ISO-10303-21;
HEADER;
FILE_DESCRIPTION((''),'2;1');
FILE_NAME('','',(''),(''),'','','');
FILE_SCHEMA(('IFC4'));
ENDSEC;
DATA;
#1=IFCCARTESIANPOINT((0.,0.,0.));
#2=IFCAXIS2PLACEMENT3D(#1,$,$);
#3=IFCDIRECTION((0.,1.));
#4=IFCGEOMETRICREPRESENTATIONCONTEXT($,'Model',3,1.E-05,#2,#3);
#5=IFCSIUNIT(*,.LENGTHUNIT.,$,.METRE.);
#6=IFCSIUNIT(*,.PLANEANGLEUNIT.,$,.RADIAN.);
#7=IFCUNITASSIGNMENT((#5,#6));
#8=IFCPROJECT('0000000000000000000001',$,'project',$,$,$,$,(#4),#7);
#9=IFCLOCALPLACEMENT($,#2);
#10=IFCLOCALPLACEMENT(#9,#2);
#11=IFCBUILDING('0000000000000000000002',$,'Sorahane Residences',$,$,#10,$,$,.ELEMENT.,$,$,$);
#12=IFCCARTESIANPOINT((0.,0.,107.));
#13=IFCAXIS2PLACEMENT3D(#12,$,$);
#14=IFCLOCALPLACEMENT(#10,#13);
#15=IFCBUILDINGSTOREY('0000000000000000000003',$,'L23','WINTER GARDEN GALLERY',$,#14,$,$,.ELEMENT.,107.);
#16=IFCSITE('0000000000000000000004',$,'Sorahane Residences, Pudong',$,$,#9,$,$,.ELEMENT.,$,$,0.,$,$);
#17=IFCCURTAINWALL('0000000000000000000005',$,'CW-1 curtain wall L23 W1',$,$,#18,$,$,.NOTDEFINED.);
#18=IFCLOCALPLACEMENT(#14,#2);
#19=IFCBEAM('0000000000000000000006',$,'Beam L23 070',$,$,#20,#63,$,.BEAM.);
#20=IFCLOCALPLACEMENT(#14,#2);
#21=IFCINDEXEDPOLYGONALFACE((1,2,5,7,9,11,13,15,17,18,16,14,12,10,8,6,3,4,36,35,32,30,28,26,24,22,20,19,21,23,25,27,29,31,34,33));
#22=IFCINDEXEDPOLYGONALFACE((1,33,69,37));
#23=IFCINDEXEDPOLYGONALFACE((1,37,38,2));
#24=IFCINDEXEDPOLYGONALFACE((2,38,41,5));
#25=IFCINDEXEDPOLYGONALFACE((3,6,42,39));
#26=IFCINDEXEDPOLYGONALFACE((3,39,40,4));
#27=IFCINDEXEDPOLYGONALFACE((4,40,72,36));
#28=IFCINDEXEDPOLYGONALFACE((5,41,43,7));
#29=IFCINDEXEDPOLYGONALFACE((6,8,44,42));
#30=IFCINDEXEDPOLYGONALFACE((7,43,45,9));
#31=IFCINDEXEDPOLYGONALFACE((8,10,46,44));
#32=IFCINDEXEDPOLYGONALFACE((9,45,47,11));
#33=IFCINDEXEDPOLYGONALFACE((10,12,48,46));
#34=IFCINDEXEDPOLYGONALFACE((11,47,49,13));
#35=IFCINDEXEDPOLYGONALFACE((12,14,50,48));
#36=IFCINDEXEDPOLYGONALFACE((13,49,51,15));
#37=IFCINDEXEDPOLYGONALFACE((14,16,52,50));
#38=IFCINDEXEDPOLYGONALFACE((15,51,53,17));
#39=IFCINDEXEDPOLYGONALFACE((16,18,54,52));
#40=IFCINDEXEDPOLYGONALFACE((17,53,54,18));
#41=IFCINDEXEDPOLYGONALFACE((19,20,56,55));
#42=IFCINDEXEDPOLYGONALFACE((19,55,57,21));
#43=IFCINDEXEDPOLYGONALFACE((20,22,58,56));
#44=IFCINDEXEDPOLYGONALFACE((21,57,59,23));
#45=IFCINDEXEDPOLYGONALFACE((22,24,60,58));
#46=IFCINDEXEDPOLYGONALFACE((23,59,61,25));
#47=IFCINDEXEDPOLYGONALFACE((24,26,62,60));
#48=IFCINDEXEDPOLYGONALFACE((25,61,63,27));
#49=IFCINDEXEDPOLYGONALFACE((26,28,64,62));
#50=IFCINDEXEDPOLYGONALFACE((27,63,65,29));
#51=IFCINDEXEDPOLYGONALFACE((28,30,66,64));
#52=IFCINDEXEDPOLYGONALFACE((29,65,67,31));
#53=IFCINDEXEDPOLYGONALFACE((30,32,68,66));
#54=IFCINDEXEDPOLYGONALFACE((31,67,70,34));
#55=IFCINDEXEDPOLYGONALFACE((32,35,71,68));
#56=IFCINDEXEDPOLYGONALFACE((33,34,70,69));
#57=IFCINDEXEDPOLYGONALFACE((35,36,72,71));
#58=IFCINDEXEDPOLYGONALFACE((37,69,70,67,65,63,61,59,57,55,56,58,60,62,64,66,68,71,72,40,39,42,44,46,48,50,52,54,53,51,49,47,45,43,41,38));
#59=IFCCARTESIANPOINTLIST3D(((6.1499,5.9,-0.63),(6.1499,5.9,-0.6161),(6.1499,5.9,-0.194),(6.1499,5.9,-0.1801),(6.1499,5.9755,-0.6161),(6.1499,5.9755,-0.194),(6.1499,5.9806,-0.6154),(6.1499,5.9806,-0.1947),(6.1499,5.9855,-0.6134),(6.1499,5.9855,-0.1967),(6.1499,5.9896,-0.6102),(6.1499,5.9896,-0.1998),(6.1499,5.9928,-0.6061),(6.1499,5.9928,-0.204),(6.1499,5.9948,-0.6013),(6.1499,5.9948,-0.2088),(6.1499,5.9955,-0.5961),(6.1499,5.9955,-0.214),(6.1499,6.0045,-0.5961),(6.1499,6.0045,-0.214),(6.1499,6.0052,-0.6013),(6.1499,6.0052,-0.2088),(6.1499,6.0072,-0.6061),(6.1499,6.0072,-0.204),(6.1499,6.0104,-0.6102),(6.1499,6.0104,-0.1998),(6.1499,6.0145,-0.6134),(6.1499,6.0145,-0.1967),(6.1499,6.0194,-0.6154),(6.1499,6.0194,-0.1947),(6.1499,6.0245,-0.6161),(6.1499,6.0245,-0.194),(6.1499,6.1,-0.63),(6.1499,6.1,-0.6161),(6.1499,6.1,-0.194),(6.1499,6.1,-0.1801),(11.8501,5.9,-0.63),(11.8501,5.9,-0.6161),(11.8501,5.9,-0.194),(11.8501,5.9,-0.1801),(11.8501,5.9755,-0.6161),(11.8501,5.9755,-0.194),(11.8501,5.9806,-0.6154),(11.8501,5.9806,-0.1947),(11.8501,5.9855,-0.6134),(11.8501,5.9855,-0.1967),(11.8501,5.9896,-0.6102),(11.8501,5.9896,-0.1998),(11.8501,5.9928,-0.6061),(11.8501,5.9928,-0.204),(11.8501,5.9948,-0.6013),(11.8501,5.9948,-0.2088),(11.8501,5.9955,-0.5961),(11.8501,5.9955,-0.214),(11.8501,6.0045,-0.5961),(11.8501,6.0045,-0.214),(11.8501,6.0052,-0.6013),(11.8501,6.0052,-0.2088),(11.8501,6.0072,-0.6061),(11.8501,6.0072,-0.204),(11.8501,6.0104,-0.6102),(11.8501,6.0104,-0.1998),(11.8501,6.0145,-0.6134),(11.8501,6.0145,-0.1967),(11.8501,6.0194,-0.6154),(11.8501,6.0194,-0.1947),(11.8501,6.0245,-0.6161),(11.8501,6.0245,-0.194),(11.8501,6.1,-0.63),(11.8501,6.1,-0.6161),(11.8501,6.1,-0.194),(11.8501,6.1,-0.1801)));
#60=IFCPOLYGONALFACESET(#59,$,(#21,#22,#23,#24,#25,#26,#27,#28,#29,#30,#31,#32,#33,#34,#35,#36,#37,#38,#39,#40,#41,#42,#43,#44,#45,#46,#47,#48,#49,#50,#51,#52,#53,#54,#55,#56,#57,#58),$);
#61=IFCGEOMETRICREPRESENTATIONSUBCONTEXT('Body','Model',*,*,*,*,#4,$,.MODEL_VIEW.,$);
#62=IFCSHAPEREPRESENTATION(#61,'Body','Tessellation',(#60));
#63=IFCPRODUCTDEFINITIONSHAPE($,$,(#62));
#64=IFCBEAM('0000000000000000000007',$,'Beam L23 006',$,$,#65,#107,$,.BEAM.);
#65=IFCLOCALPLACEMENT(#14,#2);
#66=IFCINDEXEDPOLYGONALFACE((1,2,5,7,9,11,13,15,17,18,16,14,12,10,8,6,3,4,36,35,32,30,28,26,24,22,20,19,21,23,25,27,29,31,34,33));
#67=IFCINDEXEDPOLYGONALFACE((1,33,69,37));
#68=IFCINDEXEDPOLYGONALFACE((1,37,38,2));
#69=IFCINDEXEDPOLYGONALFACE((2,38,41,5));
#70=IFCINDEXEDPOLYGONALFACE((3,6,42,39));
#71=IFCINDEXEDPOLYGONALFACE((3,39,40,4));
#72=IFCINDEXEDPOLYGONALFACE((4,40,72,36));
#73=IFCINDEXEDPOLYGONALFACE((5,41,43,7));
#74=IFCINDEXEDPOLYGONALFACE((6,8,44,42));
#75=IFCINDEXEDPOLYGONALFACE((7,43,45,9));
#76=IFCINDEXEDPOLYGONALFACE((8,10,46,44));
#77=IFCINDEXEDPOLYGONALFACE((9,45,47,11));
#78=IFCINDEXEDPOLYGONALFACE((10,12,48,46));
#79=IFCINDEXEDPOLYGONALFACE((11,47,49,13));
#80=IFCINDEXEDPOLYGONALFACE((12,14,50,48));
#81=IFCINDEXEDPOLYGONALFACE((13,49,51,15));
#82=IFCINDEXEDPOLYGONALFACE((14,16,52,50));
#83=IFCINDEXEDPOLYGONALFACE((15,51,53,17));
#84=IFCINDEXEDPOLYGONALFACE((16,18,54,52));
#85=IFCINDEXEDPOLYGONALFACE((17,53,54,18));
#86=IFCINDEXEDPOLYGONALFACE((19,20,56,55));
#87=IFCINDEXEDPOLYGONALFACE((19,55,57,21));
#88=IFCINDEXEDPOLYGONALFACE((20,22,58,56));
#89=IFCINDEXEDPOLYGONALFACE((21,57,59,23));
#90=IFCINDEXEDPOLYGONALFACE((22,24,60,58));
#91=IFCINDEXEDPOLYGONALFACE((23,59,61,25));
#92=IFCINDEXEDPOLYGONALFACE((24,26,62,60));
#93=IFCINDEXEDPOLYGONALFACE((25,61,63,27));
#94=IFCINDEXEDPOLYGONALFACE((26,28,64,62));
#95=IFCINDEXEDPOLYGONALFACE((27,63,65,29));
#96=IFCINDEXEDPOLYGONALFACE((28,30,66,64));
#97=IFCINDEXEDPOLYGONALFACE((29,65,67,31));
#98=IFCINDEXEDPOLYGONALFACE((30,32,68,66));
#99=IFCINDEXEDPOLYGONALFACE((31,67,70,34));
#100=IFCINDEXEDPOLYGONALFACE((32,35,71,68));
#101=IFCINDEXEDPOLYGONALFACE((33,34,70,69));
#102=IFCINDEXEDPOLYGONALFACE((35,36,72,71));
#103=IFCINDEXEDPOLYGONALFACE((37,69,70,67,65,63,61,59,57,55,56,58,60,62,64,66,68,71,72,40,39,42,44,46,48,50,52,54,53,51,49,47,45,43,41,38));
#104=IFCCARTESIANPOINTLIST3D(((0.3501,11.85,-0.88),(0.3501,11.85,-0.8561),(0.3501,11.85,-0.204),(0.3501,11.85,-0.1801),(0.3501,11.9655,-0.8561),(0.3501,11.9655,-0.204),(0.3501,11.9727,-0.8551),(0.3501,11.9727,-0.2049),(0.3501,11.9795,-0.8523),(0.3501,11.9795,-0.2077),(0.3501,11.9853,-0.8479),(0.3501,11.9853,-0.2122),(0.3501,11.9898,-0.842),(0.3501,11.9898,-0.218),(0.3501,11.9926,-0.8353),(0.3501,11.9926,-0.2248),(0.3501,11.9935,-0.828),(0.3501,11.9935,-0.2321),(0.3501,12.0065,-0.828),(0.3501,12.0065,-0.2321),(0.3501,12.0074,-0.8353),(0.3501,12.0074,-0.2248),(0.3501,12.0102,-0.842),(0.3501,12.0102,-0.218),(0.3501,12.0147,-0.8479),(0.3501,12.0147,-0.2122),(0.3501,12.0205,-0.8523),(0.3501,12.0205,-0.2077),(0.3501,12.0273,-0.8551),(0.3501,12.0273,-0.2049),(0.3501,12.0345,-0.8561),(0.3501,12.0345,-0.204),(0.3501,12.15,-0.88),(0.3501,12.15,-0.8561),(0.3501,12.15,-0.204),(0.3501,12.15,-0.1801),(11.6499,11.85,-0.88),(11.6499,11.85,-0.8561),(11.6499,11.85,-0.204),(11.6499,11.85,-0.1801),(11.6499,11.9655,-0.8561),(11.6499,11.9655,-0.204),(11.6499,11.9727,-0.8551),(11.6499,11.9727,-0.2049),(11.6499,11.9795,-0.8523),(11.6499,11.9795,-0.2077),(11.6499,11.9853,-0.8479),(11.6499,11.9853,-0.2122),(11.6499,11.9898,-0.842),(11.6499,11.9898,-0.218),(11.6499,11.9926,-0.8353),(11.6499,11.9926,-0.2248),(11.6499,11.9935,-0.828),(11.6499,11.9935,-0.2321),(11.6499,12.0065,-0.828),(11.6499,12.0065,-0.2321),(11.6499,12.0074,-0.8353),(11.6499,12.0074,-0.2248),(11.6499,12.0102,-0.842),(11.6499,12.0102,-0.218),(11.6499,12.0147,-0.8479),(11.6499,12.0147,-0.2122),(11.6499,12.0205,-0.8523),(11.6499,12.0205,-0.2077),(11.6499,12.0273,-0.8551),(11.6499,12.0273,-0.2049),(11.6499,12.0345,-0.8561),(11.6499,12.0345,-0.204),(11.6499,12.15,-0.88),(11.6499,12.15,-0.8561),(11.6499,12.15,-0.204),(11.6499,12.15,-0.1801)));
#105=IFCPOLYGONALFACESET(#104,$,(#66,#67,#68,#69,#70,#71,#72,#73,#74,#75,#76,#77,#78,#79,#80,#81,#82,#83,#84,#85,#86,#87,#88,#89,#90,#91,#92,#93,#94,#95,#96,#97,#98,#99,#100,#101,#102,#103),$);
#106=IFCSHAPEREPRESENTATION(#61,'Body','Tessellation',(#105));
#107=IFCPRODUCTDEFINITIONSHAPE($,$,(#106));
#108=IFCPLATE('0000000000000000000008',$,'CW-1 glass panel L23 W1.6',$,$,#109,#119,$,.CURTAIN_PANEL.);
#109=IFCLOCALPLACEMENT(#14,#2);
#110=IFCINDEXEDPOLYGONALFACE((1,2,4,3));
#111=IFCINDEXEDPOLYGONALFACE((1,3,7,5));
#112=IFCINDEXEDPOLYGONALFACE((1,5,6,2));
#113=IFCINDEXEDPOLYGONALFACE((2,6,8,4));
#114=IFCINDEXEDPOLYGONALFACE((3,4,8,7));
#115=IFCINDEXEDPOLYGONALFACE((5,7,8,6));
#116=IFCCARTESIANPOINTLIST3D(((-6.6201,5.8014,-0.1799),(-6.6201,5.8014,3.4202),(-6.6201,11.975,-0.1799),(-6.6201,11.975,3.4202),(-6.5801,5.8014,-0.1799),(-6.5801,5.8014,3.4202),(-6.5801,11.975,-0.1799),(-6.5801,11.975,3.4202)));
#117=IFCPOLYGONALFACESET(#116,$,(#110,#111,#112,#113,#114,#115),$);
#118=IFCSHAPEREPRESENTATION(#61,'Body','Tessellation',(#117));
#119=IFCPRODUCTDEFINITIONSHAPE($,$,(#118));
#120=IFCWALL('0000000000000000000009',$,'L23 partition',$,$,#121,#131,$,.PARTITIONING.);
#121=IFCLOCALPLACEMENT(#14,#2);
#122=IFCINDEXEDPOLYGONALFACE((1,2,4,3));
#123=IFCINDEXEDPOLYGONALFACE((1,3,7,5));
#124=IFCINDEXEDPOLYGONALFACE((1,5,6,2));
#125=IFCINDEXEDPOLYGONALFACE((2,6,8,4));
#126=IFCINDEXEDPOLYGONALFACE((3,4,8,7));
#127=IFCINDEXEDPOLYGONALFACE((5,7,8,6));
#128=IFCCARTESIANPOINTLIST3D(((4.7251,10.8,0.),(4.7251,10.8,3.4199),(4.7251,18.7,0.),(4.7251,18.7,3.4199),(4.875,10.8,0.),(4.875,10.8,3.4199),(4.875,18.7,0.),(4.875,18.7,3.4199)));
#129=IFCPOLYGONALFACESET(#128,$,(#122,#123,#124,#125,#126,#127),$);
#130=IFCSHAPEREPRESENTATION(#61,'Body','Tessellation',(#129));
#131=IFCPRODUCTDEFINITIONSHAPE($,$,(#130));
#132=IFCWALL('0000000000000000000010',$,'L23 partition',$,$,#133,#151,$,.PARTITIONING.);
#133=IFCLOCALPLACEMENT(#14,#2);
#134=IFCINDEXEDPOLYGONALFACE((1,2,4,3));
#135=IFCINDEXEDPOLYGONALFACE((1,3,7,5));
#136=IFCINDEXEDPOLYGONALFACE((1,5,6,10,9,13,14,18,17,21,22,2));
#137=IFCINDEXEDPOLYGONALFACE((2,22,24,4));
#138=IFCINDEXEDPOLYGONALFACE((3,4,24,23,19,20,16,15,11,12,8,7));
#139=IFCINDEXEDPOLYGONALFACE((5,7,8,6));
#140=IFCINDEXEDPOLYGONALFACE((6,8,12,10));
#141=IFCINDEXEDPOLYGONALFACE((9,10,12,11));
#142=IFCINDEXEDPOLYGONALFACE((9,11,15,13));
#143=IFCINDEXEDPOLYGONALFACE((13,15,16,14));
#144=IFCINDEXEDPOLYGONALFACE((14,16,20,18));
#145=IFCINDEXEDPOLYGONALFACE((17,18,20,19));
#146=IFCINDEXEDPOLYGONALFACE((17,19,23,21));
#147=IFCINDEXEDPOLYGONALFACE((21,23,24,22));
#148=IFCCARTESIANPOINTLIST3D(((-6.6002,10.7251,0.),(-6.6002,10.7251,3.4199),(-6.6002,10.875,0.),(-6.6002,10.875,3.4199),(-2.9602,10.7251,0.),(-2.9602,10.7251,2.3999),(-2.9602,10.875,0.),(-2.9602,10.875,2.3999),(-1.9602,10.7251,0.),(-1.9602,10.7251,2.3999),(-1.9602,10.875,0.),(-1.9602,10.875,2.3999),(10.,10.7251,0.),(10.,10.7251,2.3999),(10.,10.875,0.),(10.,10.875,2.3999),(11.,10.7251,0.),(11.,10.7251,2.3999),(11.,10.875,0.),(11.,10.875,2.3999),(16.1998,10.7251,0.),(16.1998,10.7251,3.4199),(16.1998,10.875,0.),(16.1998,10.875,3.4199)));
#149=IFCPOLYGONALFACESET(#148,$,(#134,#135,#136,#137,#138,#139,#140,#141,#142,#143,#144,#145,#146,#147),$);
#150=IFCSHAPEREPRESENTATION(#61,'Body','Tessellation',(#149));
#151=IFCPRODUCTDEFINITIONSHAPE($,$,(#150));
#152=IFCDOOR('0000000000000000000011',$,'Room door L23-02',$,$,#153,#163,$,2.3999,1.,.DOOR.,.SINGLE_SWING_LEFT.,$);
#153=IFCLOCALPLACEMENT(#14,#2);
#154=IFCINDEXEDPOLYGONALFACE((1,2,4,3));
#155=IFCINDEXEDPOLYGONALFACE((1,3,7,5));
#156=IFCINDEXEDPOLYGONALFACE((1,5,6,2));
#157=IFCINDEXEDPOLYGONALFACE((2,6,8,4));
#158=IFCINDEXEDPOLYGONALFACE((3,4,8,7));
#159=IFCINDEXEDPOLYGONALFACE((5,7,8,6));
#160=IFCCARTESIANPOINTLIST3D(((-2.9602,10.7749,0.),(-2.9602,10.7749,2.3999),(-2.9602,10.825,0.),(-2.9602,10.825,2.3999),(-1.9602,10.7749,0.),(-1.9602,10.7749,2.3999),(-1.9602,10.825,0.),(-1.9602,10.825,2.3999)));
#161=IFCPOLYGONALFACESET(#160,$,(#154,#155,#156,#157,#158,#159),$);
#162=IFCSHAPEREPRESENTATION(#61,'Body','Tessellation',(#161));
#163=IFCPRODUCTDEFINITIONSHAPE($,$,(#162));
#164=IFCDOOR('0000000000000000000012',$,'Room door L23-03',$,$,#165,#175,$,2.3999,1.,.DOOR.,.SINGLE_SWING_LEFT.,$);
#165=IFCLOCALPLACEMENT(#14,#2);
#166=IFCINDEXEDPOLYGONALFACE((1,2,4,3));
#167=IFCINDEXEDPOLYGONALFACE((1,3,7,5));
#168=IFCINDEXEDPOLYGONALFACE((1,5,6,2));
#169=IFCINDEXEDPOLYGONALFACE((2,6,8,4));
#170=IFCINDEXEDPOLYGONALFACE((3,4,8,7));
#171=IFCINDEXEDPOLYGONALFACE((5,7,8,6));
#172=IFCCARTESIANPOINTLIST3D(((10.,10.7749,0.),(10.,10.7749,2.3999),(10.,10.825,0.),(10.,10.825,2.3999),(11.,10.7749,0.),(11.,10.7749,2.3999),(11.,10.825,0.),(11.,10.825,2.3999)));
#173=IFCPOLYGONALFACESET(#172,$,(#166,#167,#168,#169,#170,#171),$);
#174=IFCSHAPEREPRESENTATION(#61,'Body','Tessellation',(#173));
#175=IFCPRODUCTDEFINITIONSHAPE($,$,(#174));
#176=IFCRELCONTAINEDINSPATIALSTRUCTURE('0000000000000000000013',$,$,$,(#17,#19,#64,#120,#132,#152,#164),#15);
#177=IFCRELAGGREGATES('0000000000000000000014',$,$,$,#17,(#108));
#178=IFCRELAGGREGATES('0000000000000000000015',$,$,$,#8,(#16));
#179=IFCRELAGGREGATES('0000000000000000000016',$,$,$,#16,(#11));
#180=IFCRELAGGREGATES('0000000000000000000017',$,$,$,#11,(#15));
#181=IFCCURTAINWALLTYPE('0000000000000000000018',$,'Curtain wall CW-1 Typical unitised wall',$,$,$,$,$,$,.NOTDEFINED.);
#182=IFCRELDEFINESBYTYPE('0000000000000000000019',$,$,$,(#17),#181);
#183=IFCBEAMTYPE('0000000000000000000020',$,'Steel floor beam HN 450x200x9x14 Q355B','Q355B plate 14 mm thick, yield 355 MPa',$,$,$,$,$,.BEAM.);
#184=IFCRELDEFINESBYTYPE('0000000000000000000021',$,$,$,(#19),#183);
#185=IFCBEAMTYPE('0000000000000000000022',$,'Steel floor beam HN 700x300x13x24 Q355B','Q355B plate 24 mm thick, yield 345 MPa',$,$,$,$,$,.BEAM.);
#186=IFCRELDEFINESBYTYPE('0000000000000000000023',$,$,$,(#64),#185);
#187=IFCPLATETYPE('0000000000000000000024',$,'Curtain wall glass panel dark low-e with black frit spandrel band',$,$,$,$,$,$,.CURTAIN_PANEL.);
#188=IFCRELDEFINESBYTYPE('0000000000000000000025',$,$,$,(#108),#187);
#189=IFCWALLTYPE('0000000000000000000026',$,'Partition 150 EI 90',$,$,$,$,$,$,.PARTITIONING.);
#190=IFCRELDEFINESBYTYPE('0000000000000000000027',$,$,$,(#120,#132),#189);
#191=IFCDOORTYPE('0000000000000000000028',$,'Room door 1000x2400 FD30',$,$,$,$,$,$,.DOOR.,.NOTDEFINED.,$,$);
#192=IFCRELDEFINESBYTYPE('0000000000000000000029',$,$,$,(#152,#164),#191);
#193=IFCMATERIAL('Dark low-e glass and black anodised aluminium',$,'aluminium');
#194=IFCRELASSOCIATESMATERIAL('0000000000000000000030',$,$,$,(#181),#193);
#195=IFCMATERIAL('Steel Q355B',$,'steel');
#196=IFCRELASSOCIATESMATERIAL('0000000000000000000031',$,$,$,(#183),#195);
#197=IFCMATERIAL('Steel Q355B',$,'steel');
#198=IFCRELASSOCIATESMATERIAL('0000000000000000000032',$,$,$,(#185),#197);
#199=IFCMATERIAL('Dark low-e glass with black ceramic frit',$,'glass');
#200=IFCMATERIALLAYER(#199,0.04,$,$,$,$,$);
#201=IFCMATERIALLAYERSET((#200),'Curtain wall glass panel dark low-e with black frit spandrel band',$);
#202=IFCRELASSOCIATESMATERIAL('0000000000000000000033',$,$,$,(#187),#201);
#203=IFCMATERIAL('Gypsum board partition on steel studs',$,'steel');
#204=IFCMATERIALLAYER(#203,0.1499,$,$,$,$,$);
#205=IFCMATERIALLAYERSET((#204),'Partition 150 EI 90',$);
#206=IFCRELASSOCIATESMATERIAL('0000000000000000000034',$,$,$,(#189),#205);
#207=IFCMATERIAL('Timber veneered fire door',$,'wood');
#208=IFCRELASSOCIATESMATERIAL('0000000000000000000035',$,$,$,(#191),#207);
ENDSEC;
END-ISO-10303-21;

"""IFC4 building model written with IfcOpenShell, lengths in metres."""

from ifc_helpers import new_model, si_unit, direction, frame, frame_2d, origin, origin_2d, place, context, subcontext, project, spatial, rectangle, i_section, extrude, material, layer, layer_set, material_profile, profile_set, type_object, element, fill, aggregate, save


model = new_model("IFC4")

# Units and contexts
model_context = context("Model", 3, precision=1e-05, world=origin(), true_north=direction((0.0, 1.0)))
body_context = subcontext(model_context, "Body", "Model", "MODEL_VIEW")
ifc_project = project(units=[si_unit("LENGTHUNIT", "METRE"), si_unit("PLANEANGLEUNIT", "RADIAN")], contexts=[model_context])

# Site, building, storey
site_placement = place(None, origin())
site = spatial("IfcSite", under=ifc_project, at=site_placement, Name="Sorahane Residences, Pudong", CompositionType="ELEMENT", RefElevation=0.0)
building_placement = place(site_placement, origin())
building = spatial("IfcBuilding", under=site, at=building_placement, Name="Sorahane Residences", CompositionType="ELEMENT")
storey_placement = place(building_placement, frame((0.0, 0.0, 107.0)))
storey = spatial("IfcBuildingStorey", under=building, at=storey_placement, Name="L23", Description="WINTER GARDEN GALLERY", CompositionType="ELEMENT", Elevation=107.0)

# Curtain wall
ifc_material_1 = material(Name="Dark low-e glass and black anodised aluminium", Category="aluminium")
curtain_wall_type = type_object("IfcCurtainWallType", Name="Curtain wall CW-1 Typical unitised wall", PredefinedType="NOTDEFINED", material=ifc_material_1)
curtain_wall_placement = place(storey_placement, origin())
curtain_wall = element("IfcCurtainWall", 1, at=curtain_wall_placement, inside=storey, type_object=curtain_wall_type, Name="CW-1 curtain wall L23 W1", PredefinedType="NOTDEFINED")

# Beams
ifc_material_2 = material(Name="Steel Q355B", Category="steel")
ifc_material_profile_1 = material_profile(ifc_material_2, i_section(OverallWidth=0.2, OverallDepth=0.45, WebThickness=0.009, FlangeThickness=0.0139, FilletRadius=0.02, at=origin_2d()), Name="HN 450x200x9x14")
ifc_profile_set_1 = profile_set([ifc_material_profile_1], Name="Steel Q355B")
beam_type_1 = type_object("IfcBeamType", Name="Steel floor beam HN 450x200x9x14 Q355B", Description="Q355B plate 14 mm thick, yield 355 MPa", PredefinedType="BEAM", material=ifc_profile_set_1)
beam_1_placement = place(storey_placement, frame((6.1499, 6.0, -0.405), z_axis=(1.0, 0.0, 0.0), x_axis=(0.0, 1.0, 0.0)))
element("IfcBeam", 2, at=beam_1_placement, inside=storey, type_object=beam_type_1, Name="Beam L23 070", PredefinedType="BEAM", context=body_context, shape_type="SweptSolid", body=[
    extrude(i_section(OverallWidth=0.2, OverallDepth=0.45, WebThickness=0.009, FlangeThickness=0.0139, FilletRadius=0.02, at=origin_2d()), origin(), (0.0, 0.0, 1.0), 5.7002),
])
ifc_material_3 = material(Name="Steel Q355B", Category="steel")
ifc_material_profile_2 = material_profile(ifc_material_3, i_section(OverallWidth=0.3, OverallDepth=0.7, WebThickness=0.0129, FlangeThickness=0.0239, FilletRadius=0.0281, at=origin_2d()), Name="HN 700x300x13x24")
ifc_profile_set_2 = profile_set([ifc_material_profile_2], Name="Steel Q355B")
beam_type_2 = type_object("IfcBeamType", Name="Steel floor beam HN 700x300x13x24 Q355B", Description="Q355B plate 24 mm thick, yield 345 MPa", PredefinedType="BEAM", material=ifc_profile_set_2)
beam_2_placement = place(storey_placement, frame((0.3501, 12.0, -0.53), z_axis=(1.0, 0.0, 0.0), x_axis=(0.0, 1.0, 0.0)))
element("IfcBeam", 3, at=beam_2_placement, inside=storey, type_object=beam_type_2, Name="Beam L23 006", PredefinedType="BEAM", context=body_context, shape_type="SweptSolid", body=[
    extrude(i_section(OverallWidth=0.3, OverallDepth=0.7, WebThickness=0.0129, FlangeThickness=0.0239, FilletRadius=0.0281, at=origin_2d()), origin(), (0.0, 0.0, 1.0), 11.2998),
])

# Plate
ifc_material_4 = material(Name="Dark low-e glass with black ceramic frit", Category="glass")
ifc_layer_1 = layer(ifc_material_4, 0.04)
ifc_layer_set_1 = layer_set([ifc_layer_1], Name="Curtain wall glass panel dark low-e with black frit spandrel band")
plate_type = type_object("IfcPlateType", Name="Curtain wall glass panel dark low-e with black frit spandrel band", PredefinedType="CURTAIN_PANEL", material=ifc_layer_set_1)
plate_placement = place(storey_placement, frame((-6.6001, 8.8882, -0.1799), z_axis=(0.0, 0.0, 1.0), x_axis=(0.0, -1.0, 0.0)))
plate = element("IfcPlate", 4, at=plate_placement, type_object=plate_type, Name="CW-1 glass panel L23 W1.6", PredefinedType="CURTAIN_PANEL", context=body_context, shape_type="SweptSolid", body=[
    extrude(rectangle(XDim=6.1736, YDim=0.04, at=origin_2d()), origin(), (0.0, 0.0, 1.0), 3.6001),
])
aggregate(curtain_wall, [plate])

# Wall
ifc_material_5 = material(Name="Gypsum board partition on steel studs", Category="steel")
ifc_layer_2 = layer(ifc_material_5, 0.1499)
ifc_layer_set_2 = layer_set([ifc_layer_2], Name="Partition 150 EI 90")
wall_type_1 = type_object("IfcWallType", Name="Partition 150 EI 90", PredefinedType="PARTITIONING", material=ifc_layer_set_2)
wall_1_placement = place(storey_placement, frame((4.8, 10.8, 0.0), z_axis=(0.0, 0.0, 1.0), x_axis=(0.0, 1.0, 0.0)))
element("IfcWall", 5, at=wall_1_placement, inside=storey, type_object=wall_type_1, Name="L23 partition", PredefinedType="PARTITIONING", context=body_context, shape_type="SweptSolid", body=[
    extrude(rectangle(XDim=7.8999, YDim=0.1499, at=frame_2d((3.95, 0.0))), origin(), (0.0, 0.0, 1.0), 3.4199),
])

# Wall, openings, doors
wall_2_placement = place(storey_placement, frame((-6.6001, 10.8, 0.0), z_axis=(0.0, 0.0, 1.0), x_axis=(1.0, 0.0, 0.0)))
wall_2 = element("IfcWall", 6, at=wall_2_placement, inside=storey, type_object=wall_type_1, Name="L23 partition", PredefinedType="PARTITIONING", context=body_context, shape_type="SweptSolid", body=[
    extrude(rectangle(XDim=22.8, YDim=0.1499, at=frame_2d((11.3999, 0.0))), origin(), (0.0, 0.0, 1.0), 3.4199),
])
opening_1_placement = place(wall_2_placement, frame((3.6399, 0.0, 0.0)))
opening_1 = element("IfcOpeningElement", 7, at=opening_1_placement, cuts=wall_2, PredefinedType="OPENING", context=body_context, shape_type="SweptSolid", body=[
    extrude(rectangle(XDim=1.0, YDim=2.3999, at=frame_2d((0.5, 1.2))), frame((0.0, 0.085, 0.0), z_axis=(0.0, -1.0, 0.0), x_axis=(1.0, 0.0, 0.0)), (0.0, 0.0, 1.0), 0.1699),
])
opening_2_placement = place(wall_2_placement, frame((16.6001, 0.0, 0.0)))
opening_2 = element("IfcOpeningElement", 8, at=opening_2_placement, cuts=wall_2, PredefinedType="OPENING", context=body_context, shape_type="SweptSolid", body=[
    extrude(rectangle(XDim=1.0, YDim=2.3999, at=frame_2d((0.5, 1.2))), frame((0.0, 0.085, 0.0), z_axis=(0.0, -1.0, 0.0), x_axis=(1.0, 0.0, 0.0)), (0.0, 0.0, 1.0), 0.1699),
])
ifc_material_6 = material(Name="Timber veneered fire door", Category="wood")
door_type_1 = type_object("IfcDoorType", Name="Room door 1000x2400 FD30", OperationType="NOTDEFINED", PredefinedType="DOOR", material=ifc_material_6)
door_1_placement = place(opening_1_placement, origin())
door_1 = element("IfcDoor", 9, at=door_1_placement, inside=storey, type_object=door_type_1, Name="Room door L23-02", OperationType="SINGLE_SWING_LEFT", OverallHeight=2.3999, OverallWidth=1.0, PredefinedType="DOOR", context=body_context, shape_type="SweptSolid", body=[
    extrude(rectangle(XDim=1.0, YDim=2.3999, at=frame_2d((0.5, 1.2))), frame((0.0, 0.0249, 0.0), z_axis=(0.0, -1.0, 0.0), x_axis=(1.0, 0.0, 0.0)), (0.0, 0.0, 1.0), 0.05),
])
fill(opening_1, door_1)
door_2_placement = place(opening_2_placement, origin())
door_2 = element("IfcDoor", 10, at=door_2_placement, inside=storey, type_object=door_type_1, Name="Room door L23-03", OperationType="SINGLE_SWING_LEFT", OverallHeight=2.3999, OverallWidth=1.0, PredefinedType="DOOR", context=body_context, shape_type="SweptSolid", body=[
    extrude(rectangle(XDim=1.0, YDim=2.3999, at=frame_2d((0.5, 1.2))), frame((0.0, 0.0249, 0.0), z_axis=(0.0, -1.0, 0.0), x_axis=(1.0, 0.0, 0.0)), (0.0, 0.0, 1.0), 0.05),
])
fill(opening_2, door_2)

save(model, "model.ifc")
